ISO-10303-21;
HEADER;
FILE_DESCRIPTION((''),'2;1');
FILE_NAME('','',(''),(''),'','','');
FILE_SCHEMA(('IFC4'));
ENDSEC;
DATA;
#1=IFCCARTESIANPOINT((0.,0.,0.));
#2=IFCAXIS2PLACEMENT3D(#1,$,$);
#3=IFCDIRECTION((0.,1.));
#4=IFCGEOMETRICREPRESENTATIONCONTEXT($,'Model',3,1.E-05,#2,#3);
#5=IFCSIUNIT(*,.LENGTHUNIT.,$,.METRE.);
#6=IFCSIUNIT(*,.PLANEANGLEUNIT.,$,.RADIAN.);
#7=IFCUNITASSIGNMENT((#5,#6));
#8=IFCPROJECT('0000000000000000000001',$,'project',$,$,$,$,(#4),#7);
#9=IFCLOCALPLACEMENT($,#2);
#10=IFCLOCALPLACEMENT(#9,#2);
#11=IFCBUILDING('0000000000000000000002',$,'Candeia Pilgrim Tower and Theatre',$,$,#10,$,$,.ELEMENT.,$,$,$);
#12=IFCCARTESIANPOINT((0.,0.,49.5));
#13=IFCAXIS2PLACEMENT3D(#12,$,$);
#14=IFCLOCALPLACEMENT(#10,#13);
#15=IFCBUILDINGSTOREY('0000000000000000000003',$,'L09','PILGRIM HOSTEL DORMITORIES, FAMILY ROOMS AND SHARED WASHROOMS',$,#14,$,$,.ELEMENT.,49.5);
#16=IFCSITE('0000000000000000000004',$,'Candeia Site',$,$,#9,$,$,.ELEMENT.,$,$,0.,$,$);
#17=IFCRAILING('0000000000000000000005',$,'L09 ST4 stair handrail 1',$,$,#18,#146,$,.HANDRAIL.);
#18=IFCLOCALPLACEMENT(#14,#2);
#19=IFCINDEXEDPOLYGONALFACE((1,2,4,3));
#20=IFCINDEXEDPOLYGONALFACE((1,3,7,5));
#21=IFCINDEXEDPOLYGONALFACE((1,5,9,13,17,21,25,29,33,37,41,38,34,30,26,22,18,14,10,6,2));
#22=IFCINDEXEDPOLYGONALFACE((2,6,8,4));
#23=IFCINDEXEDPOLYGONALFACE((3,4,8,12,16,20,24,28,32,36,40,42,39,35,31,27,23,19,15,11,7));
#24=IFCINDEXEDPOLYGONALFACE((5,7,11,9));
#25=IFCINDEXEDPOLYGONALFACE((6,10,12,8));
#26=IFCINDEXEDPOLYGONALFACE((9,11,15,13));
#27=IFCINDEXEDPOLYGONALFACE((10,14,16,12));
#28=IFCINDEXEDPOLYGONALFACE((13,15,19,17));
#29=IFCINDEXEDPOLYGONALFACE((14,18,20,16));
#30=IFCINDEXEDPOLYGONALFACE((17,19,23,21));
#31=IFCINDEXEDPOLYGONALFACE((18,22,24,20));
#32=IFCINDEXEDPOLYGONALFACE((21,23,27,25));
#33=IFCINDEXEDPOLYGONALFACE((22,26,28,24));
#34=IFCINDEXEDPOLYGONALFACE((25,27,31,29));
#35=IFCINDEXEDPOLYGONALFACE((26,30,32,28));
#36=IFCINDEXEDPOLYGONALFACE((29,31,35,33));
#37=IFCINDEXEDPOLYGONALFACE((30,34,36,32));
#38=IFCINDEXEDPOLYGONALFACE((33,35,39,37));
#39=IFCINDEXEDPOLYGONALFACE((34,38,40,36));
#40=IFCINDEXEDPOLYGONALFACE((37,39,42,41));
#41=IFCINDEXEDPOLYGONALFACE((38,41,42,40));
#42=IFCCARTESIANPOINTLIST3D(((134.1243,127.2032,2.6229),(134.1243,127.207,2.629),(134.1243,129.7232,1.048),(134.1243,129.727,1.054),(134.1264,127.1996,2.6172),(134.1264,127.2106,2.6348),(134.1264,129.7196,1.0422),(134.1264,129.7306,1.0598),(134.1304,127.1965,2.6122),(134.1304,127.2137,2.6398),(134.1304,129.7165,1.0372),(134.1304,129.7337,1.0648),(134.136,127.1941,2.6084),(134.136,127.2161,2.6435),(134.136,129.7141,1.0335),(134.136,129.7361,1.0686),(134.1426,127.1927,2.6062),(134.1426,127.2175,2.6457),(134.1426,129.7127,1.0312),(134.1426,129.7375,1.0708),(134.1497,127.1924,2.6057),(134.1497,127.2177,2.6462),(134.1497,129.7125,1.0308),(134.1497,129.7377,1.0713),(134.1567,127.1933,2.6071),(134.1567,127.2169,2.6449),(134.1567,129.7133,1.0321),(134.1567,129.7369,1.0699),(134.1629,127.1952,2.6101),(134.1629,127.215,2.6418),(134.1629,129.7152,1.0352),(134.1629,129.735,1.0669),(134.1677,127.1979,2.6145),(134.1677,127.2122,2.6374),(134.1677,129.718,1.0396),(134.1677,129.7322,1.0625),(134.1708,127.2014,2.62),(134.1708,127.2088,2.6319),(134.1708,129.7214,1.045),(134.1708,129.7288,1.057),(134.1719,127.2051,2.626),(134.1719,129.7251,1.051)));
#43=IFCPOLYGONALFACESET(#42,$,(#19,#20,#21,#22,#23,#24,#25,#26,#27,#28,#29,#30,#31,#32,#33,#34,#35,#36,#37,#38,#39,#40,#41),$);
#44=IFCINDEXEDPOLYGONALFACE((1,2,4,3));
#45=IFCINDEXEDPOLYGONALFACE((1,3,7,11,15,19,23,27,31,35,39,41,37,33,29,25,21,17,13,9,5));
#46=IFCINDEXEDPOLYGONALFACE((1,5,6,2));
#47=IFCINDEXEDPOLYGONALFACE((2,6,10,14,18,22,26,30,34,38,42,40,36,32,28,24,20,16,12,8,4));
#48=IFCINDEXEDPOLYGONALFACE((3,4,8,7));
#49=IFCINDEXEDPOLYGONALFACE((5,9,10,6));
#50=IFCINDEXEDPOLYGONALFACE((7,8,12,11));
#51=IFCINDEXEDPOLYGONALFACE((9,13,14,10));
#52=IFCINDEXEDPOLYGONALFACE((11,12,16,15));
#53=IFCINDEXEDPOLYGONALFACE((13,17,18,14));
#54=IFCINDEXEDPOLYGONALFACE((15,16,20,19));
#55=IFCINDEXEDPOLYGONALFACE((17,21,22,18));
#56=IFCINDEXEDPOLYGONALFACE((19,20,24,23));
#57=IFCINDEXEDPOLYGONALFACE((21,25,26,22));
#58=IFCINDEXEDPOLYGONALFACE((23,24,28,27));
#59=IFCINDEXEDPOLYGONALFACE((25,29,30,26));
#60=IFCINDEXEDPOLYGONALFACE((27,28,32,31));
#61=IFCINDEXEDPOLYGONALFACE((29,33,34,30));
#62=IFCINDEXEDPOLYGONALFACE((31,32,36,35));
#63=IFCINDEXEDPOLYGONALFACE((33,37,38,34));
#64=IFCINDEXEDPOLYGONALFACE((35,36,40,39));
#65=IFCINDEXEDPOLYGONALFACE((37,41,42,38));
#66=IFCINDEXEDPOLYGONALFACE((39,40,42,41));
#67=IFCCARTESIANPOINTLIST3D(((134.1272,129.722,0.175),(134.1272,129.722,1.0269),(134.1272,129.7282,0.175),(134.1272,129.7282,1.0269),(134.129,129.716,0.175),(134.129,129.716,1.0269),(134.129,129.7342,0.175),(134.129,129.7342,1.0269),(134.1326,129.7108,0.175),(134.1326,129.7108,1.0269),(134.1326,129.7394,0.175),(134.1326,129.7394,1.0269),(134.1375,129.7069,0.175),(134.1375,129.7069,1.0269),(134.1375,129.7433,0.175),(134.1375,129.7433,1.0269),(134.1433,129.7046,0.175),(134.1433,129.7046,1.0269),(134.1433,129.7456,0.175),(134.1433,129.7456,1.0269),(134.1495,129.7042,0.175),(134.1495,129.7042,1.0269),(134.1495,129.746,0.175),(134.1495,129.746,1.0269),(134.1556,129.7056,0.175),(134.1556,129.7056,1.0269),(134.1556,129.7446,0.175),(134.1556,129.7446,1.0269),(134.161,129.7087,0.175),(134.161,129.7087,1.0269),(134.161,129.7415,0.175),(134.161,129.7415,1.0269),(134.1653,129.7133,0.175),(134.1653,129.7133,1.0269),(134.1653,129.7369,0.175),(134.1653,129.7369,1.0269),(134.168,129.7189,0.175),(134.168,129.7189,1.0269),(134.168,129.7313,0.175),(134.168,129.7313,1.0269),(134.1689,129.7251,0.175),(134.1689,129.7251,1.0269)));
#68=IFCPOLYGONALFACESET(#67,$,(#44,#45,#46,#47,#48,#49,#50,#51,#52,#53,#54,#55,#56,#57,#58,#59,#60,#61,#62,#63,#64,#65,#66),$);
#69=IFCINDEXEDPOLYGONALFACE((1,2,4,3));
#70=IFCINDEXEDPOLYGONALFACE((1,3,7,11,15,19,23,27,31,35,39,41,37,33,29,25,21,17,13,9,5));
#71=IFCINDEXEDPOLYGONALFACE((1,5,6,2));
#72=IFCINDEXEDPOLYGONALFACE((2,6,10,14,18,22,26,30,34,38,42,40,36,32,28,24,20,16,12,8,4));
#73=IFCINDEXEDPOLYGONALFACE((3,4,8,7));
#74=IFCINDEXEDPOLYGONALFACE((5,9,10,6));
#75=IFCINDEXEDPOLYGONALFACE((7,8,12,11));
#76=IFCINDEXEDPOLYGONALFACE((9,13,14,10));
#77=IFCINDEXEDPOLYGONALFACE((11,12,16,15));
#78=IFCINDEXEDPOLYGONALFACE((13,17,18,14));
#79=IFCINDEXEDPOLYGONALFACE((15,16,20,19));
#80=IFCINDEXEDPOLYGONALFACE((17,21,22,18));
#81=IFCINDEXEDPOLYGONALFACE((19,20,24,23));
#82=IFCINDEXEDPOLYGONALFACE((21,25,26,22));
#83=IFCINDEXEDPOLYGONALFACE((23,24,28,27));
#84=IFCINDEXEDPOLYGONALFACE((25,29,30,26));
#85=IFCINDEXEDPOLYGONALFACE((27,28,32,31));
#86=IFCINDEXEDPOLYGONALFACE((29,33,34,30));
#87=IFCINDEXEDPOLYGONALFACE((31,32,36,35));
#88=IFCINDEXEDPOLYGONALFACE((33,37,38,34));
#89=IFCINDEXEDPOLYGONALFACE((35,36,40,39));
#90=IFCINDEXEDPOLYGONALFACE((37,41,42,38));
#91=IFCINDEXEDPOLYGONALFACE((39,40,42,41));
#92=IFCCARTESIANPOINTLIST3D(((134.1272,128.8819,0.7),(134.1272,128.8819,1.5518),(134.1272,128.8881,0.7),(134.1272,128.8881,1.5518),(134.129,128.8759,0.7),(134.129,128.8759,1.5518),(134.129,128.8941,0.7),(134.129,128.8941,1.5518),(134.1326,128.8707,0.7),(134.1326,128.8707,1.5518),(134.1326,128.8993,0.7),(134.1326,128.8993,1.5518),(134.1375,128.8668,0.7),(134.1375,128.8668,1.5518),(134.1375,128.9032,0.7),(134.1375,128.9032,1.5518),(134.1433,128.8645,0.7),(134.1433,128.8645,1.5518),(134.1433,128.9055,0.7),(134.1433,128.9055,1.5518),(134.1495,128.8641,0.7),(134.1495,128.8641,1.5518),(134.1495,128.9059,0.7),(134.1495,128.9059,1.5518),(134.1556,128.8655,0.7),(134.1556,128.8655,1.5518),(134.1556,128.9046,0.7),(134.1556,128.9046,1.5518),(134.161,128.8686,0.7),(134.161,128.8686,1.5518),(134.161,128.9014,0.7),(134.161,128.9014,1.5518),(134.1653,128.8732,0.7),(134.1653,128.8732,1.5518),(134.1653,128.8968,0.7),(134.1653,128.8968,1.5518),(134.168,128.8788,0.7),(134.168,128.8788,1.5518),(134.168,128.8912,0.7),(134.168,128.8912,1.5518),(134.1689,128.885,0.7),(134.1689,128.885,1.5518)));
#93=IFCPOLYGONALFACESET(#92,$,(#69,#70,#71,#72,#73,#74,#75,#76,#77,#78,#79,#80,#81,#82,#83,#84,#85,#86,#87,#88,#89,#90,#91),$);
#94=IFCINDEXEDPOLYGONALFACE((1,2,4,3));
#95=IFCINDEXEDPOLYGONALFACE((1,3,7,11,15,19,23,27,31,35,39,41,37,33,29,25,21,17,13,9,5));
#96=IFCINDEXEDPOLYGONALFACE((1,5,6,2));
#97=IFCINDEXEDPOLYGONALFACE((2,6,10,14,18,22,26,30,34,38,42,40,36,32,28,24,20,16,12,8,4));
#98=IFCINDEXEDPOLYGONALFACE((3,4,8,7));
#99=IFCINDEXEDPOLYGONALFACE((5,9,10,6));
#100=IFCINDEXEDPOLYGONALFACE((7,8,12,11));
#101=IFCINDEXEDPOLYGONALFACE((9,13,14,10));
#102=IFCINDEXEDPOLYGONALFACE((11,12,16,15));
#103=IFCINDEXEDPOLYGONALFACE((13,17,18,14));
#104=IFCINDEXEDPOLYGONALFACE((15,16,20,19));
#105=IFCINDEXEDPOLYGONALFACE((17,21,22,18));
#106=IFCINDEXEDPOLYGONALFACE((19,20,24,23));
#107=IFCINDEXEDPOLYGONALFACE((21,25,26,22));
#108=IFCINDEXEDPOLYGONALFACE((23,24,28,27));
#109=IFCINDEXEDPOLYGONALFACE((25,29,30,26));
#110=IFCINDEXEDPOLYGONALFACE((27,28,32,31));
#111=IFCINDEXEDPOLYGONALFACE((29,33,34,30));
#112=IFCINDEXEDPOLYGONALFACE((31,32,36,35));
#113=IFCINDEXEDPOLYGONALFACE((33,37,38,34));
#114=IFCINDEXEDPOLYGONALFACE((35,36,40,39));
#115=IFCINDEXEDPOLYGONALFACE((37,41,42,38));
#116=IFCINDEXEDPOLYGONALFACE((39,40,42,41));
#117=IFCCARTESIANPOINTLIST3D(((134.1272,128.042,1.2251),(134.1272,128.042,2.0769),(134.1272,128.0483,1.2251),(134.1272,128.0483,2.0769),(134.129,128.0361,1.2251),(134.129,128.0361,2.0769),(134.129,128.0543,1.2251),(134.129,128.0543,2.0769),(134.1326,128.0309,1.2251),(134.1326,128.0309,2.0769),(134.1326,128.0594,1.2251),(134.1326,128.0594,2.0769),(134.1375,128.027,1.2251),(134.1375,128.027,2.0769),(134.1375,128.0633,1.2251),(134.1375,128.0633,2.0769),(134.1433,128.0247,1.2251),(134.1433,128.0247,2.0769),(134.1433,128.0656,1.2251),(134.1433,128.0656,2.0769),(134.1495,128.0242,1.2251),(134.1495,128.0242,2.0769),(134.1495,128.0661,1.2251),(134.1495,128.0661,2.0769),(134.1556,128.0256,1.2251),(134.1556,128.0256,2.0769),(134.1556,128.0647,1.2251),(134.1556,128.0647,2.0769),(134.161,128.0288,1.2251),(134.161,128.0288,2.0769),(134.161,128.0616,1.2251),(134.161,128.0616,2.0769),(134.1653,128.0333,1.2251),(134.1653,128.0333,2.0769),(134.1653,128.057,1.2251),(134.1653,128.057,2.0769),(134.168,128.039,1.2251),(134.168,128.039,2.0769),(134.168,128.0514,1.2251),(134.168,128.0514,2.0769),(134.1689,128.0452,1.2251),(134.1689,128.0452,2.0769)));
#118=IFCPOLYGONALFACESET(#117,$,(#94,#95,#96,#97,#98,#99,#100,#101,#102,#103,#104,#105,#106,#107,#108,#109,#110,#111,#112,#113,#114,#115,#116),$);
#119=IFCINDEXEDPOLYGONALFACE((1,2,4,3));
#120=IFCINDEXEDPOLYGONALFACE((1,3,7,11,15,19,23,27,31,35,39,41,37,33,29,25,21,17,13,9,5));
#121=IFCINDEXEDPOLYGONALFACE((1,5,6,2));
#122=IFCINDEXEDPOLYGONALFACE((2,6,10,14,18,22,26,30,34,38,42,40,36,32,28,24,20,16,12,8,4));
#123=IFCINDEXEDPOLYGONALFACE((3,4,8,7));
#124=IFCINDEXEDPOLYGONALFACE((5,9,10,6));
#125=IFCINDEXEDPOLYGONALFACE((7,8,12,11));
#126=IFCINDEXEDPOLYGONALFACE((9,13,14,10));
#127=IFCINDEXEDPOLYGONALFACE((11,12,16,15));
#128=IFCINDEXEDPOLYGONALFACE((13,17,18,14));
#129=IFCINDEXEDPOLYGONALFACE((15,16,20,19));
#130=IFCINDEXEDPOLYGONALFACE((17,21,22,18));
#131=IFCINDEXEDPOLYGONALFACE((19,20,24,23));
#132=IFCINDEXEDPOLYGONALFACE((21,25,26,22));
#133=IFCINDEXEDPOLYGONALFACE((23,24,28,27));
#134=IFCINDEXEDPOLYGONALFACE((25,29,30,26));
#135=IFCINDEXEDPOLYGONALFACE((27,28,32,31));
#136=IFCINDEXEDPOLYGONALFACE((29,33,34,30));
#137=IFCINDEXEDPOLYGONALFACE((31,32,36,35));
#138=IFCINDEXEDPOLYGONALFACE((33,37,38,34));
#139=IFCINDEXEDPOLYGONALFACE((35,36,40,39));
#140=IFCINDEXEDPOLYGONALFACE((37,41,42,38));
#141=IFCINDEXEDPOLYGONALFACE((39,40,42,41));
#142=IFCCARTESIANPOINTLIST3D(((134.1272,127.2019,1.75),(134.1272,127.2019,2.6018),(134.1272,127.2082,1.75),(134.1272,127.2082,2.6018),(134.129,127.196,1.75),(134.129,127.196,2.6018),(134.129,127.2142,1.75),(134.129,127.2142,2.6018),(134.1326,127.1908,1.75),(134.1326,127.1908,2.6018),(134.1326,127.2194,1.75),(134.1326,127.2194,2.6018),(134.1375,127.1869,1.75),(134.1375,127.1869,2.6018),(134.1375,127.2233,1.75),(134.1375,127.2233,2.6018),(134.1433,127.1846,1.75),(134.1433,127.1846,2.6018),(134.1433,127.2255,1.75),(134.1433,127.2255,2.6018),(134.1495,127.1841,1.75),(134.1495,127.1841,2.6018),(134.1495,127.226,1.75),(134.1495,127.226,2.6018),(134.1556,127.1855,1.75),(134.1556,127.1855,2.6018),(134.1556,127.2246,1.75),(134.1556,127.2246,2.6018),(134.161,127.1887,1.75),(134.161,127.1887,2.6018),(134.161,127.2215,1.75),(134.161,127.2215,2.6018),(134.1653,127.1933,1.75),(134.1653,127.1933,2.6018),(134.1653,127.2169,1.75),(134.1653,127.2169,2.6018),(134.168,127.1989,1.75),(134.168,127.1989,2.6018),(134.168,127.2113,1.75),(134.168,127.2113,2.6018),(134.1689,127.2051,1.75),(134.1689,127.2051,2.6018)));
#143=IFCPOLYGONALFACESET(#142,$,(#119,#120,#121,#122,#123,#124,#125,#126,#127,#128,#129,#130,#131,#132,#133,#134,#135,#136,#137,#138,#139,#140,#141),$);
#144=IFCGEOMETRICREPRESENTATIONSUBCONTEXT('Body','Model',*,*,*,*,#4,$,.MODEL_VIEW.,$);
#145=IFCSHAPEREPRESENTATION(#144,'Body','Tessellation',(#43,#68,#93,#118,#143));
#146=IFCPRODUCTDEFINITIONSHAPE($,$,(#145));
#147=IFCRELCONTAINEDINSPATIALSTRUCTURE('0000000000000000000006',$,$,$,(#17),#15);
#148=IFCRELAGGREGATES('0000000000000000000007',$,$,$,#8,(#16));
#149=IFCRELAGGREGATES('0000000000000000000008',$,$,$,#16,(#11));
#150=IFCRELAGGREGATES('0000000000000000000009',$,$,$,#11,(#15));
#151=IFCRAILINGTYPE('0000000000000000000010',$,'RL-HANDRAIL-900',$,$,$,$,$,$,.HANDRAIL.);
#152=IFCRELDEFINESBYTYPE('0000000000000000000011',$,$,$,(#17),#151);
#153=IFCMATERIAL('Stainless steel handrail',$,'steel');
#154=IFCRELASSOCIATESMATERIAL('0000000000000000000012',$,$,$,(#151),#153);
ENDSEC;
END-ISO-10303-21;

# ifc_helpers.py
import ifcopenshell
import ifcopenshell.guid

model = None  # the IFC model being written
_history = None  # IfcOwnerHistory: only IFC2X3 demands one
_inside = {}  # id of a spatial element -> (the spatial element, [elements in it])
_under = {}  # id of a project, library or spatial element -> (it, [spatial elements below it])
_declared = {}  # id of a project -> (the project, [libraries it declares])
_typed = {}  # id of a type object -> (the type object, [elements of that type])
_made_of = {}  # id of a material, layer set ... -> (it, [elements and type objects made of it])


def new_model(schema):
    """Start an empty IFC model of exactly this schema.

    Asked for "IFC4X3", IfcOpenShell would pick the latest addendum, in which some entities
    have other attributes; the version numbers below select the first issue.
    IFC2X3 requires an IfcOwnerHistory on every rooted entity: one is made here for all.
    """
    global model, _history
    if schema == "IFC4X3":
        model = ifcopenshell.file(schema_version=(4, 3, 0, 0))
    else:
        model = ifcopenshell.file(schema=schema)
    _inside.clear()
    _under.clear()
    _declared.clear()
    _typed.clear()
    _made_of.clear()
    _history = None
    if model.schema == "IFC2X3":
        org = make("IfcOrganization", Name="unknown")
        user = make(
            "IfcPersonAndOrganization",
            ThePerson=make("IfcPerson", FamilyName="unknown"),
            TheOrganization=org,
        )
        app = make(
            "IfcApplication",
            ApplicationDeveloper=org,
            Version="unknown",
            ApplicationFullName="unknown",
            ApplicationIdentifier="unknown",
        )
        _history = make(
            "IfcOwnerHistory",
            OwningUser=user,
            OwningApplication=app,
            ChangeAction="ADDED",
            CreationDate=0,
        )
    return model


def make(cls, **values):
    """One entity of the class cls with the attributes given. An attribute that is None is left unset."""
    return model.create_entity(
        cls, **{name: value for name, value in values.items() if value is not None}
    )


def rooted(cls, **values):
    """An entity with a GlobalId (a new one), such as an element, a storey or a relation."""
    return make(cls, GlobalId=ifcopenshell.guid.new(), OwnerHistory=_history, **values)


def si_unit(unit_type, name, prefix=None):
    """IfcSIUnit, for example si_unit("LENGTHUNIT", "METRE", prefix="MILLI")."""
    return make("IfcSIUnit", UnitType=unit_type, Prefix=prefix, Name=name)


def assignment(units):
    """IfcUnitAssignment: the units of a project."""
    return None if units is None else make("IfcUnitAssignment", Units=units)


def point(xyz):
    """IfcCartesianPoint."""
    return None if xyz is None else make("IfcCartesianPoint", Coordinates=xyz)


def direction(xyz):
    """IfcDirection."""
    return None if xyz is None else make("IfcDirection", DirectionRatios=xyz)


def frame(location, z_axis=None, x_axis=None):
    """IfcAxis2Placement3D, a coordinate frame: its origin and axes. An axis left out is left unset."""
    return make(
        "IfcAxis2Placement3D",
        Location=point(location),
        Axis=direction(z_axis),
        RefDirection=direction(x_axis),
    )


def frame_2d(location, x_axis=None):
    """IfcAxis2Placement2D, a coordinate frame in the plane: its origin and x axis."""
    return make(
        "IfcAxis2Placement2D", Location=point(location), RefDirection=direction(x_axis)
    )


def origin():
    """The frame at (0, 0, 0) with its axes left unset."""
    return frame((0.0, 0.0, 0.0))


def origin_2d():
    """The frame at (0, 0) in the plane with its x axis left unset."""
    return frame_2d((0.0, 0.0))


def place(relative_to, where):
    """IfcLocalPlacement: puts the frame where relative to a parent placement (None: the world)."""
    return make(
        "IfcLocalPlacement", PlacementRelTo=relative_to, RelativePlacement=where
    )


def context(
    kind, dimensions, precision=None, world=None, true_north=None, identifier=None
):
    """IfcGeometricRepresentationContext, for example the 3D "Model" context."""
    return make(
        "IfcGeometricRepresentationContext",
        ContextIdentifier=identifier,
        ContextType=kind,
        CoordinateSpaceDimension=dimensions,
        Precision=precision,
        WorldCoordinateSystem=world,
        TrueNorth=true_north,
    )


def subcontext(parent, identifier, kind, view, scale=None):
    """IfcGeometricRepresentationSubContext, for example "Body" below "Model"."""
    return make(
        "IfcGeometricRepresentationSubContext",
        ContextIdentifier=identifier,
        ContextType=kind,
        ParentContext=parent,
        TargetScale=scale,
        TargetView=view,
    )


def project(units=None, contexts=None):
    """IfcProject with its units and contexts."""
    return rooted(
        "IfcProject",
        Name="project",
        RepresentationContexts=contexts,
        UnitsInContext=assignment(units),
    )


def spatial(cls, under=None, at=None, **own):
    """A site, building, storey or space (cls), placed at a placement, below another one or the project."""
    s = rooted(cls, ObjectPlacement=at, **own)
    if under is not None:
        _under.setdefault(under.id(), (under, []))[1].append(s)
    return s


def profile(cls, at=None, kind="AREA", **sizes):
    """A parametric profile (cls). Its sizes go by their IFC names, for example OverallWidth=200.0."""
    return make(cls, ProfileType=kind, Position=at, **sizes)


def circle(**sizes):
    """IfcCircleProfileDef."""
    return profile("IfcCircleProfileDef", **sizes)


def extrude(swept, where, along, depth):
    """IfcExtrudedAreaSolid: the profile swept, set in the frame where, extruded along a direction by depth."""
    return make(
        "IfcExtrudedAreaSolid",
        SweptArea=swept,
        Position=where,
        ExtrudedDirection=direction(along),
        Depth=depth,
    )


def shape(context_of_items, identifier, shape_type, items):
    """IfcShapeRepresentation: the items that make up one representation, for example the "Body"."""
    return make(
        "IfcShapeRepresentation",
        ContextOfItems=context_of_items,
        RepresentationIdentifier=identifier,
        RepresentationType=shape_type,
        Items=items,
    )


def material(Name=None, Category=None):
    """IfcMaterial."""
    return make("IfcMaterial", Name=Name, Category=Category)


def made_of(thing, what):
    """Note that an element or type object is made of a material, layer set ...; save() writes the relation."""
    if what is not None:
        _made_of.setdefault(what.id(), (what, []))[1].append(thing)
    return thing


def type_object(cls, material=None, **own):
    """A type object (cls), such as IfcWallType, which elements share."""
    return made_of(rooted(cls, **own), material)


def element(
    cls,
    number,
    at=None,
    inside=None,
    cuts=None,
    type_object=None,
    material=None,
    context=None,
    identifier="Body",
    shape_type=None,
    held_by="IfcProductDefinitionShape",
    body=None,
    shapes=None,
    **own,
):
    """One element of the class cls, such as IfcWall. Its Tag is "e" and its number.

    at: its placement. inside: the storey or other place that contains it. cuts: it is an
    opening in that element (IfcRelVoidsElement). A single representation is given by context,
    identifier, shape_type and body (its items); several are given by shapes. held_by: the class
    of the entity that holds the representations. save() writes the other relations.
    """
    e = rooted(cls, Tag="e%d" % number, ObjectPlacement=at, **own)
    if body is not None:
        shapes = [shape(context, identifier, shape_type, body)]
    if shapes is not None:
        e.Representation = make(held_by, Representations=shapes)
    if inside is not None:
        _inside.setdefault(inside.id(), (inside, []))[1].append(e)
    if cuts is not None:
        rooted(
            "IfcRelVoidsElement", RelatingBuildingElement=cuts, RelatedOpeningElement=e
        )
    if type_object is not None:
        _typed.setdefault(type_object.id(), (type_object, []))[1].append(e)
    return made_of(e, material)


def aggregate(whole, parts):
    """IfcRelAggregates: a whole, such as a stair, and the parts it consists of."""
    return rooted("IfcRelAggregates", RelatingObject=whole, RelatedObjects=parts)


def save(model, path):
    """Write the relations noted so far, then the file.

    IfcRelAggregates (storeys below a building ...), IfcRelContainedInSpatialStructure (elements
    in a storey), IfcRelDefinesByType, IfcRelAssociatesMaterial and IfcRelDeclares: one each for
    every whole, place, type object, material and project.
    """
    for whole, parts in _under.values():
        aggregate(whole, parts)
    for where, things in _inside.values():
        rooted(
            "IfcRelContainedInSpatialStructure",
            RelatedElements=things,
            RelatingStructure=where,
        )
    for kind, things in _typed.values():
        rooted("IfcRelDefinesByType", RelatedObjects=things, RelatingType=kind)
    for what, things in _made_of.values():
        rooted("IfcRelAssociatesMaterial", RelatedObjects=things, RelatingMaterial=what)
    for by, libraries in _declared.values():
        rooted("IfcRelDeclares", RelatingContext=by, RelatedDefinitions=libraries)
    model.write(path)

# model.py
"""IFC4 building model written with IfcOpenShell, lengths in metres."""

from ifc_helpers import new_model, si_unit, direction, frame, origin, origin_2d, place, context, subcontext, project, spatial, circle, extrude, material, type_object, element, save


model = new_model("IFC4")

# Units and contexts
model_context = context("Model", 3, precision=1e-05, world=origin(), true_north=direction((0.0, 1.0)))
body_context = subcontext(model_context, "Body", "Model", "MODEL_VIEW")
ifc_project = project(units=[si_unit("LENGTHUNIT", "METRE"), si_unit("PLANEANGLEUNIT", "RADIAN")], contexts=[model_context])

# Site, building, storey
site_placement = place(None, origin())
site = spatial("IfcSite", under=ifc_project, at=site_placement, Name="Candeia Site", CompositionType="ELEMENT", RefElevation=0.0)
building_placement = place(site_placement, origin())
building = spatial("IfcBuilding", under=site, at=building_placement, Name="Candeia Pilgrim Tower and Theatre", CompositionType="ELEMENT")
storey_placement = place(building_placement, frame((0.0, 0.0, 49.5)))
storey = spatial("IfcBuildingStorey", under=building, at=storey_placement, Name="L09", Description="PILGRIM HOSTEL DORMITORIES, FAMILY ROOMS AND SHARED WASHROOMS", CompositionType="ELEMENT", Elevation=49.5)

# Railing
ifc_material_1 = material(Name="Stainless steel handrail", Category="steel")
railing_type_1 = type_object("IfcRailingType", Name="RL-HANDRAIL-900", PredefinedType="HANDRAIL", material=ifc_material_1)
railing_1_placement = place(storey_placement, frame((134.1479, 129.7251, 0.175)))
element("IfcRailing", 1, at=railing_1_placement, inside=storey, type_object=railing_type_1, Name="L09 ST4 stair handrail 1", PredefinedType="HANDRAIL", context=body_context, shape_type="SweptSolid", body=[
    extrude(circle(Radius=0.0239, at=origin_2d()), frame((0.0, 0.0, 0.876), z_axis=(0.0, -0.848008, 0.529984), x_axis=(1.0, 0.0, 0.0)), (0.0, 0.0, 1.0), 2.9717),
    extrude(circle(Radius=0.021, at=origin_2d()), origin(), (0.0, 0.0, 1.0), 0.8518),
    extrude(circle(Radius=0.021, at=origin_2d()), frame((0.0, -0.8401, 0.5249)), (0.0, 0.0, 1.0), 0.8518),
    extrude(circle(Radius=0.021, at=origin_2d()), frame((0.0, -1.6799, 1.05)), (0.0, 0.0, 1.0), 0.8518),
    extrude(circle(Radius=0.021, at=origin_2d()), frame((0.0, -2.52, 1.575)), (0.0, 0.0, 1.0), 0.8518),
])

save(model, "model.ifc")
